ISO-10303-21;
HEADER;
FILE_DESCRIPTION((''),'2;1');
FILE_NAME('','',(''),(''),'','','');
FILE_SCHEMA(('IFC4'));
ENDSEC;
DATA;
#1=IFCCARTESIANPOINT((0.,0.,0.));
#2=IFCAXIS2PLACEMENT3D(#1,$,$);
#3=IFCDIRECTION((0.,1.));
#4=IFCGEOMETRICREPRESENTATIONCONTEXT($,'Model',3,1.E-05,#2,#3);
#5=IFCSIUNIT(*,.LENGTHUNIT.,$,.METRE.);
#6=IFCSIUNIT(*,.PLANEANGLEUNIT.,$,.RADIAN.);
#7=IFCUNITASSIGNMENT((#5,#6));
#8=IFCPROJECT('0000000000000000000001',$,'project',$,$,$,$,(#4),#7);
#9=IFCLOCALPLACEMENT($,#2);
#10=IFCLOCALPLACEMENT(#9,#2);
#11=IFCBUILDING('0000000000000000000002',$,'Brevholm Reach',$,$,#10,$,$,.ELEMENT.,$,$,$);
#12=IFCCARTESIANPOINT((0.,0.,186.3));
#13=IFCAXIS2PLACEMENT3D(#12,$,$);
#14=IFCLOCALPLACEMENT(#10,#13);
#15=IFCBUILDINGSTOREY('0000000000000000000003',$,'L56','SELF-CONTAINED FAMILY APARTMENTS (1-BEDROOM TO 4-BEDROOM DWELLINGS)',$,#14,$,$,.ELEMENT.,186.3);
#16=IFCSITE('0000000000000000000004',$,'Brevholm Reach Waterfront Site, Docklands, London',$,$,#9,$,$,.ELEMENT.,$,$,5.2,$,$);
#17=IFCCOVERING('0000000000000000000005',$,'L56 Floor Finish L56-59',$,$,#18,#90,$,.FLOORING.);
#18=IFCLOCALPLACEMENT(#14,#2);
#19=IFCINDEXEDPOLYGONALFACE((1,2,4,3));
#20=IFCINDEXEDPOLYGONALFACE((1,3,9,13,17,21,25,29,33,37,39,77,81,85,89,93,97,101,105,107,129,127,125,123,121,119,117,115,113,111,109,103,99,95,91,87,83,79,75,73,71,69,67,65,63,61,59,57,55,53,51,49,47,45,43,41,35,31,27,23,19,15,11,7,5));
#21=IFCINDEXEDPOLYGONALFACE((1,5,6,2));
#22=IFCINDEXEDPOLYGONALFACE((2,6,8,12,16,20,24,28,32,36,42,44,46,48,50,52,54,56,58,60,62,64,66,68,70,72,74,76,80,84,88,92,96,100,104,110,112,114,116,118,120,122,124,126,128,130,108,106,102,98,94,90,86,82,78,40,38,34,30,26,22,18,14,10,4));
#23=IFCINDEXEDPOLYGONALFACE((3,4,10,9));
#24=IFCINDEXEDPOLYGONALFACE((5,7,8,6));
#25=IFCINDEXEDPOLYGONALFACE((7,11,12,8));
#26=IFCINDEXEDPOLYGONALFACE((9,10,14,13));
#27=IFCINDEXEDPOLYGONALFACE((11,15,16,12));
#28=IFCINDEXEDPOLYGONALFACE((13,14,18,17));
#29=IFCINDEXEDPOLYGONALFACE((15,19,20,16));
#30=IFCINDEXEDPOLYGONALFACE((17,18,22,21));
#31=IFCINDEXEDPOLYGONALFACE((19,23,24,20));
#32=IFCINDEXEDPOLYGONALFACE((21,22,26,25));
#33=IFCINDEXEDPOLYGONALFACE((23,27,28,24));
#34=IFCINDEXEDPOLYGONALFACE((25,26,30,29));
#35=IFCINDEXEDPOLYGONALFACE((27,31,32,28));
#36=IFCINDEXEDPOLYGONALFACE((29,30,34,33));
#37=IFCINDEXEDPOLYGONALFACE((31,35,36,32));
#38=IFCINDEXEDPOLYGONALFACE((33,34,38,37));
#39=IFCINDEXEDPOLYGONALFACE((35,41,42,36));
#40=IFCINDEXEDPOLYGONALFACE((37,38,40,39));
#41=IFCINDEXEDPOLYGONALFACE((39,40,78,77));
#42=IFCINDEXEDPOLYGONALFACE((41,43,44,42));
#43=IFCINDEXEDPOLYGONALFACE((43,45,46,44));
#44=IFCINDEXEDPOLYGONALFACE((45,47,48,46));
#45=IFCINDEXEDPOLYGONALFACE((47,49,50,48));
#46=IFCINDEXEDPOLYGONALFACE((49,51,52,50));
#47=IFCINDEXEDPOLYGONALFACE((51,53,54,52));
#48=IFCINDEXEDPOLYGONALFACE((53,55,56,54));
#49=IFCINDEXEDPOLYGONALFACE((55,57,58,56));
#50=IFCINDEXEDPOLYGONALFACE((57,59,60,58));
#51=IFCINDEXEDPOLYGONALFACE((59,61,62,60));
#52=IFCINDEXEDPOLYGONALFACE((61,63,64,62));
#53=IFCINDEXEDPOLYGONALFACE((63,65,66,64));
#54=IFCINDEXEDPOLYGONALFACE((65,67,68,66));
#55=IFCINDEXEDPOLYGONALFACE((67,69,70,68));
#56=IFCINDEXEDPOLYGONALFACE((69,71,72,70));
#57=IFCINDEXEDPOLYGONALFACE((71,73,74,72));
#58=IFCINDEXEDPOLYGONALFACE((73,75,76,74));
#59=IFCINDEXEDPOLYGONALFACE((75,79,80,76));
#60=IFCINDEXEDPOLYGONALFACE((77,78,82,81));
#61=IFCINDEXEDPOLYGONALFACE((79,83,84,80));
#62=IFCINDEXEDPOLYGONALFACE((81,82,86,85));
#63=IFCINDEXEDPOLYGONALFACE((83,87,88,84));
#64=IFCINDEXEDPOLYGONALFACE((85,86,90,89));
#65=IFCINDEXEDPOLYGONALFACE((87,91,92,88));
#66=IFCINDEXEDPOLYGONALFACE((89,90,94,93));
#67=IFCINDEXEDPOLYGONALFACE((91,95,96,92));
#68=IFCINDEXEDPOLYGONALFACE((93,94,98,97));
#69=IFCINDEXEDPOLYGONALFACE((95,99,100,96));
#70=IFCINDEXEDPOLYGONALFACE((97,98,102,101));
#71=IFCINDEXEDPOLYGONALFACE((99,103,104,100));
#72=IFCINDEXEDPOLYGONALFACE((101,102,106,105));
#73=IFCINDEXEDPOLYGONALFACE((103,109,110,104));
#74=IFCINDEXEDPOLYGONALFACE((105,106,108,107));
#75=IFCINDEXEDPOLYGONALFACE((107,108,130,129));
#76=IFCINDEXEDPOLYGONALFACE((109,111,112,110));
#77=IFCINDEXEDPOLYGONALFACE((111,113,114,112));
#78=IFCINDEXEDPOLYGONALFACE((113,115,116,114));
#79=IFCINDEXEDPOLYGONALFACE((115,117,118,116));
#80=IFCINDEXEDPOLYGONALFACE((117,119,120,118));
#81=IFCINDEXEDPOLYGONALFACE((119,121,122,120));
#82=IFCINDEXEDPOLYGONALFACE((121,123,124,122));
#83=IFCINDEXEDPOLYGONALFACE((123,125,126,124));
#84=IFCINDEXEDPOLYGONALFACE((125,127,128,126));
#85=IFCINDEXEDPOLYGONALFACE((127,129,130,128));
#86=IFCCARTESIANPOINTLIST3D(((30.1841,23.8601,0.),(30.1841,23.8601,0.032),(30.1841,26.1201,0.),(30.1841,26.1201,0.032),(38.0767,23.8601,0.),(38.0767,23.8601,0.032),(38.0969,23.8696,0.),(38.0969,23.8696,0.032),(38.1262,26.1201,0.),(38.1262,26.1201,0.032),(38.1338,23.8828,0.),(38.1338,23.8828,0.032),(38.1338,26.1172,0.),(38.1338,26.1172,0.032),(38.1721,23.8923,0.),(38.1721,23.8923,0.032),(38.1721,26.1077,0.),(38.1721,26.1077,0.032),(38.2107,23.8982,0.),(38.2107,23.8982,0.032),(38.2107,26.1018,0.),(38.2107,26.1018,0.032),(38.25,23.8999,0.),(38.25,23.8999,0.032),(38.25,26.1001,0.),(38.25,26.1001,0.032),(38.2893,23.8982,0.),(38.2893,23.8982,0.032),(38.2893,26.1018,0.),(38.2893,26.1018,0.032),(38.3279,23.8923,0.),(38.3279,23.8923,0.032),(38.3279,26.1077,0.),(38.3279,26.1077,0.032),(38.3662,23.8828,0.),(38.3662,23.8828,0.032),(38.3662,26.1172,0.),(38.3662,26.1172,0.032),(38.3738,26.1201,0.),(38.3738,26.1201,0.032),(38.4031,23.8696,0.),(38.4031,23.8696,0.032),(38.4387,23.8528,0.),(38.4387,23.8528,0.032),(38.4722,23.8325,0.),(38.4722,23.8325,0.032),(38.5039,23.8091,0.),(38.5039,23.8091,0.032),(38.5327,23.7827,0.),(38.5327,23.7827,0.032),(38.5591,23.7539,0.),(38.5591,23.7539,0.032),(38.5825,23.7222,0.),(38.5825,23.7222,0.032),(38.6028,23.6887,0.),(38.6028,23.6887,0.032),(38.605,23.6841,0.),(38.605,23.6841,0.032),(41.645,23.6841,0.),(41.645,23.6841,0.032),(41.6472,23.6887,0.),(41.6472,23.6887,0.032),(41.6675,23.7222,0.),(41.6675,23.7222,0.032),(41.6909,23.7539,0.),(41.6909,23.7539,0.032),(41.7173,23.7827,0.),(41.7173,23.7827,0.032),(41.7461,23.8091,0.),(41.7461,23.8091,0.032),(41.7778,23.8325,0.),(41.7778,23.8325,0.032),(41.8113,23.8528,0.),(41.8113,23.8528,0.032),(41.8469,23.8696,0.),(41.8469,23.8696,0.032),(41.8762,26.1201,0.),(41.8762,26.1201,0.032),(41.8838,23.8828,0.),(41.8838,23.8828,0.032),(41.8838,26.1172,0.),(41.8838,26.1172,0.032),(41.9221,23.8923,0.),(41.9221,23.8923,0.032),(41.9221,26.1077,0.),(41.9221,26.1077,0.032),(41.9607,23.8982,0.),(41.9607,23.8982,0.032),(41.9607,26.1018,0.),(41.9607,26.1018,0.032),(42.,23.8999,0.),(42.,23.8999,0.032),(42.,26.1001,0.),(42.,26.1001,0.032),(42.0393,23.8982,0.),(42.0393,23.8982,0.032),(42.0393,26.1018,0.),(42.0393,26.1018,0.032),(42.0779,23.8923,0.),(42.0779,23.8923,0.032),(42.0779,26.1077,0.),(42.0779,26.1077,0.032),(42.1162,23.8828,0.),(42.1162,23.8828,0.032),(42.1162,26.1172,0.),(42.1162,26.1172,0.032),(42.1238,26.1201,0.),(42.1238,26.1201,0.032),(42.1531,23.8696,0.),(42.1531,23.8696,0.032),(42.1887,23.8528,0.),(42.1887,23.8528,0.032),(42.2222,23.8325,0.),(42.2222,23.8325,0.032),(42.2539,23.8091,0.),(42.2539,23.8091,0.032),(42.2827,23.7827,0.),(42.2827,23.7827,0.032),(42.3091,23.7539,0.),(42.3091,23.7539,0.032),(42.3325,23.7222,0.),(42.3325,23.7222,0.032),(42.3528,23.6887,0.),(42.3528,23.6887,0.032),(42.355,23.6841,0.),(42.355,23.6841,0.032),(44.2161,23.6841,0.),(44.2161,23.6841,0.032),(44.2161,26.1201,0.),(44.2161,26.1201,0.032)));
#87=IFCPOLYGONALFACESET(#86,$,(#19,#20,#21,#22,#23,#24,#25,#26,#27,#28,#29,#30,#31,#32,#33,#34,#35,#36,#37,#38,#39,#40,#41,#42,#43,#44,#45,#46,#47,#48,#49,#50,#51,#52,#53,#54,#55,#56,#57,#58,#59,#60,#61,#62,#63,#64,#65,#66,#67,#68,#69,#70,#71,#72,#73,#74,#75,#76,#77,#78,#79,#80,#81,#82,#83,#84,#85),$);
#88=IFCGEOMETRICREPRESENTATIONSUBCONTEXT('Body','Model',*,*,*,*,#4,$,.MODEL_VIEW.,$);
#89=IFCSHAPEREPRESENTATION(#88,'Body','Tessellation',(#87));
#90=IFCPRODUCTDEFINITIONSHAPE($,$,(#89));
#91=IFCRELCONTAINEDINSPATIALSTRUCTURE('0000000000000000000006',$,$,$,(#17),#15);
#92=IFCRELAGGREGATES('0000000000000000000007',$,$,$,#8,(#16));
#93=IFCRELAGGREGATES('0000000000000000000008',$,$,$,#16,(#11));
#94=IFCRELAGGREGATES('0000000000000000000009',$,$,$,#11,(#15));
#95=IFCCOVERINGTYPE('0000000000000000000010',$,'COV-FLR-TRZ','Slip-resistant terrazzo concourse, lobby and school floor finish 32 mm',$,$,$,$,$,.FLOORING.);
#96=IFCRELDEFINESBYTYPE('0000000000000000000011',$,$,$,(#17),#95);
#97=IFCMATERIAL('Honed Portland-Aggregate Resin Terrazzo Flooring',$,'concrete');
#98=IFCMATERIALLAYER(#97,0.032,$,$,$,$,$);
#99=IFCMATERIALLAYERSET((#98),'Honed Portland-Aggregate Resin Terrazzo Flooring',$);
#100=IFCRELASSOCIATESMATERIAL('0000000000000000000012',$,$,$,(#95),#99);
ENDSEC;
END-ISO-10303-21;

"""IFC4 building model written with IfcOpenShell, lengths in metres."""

from ifc_helpers import new_model, si_unit, direction, frame, origin, place, context, subcontext, project, spatial, polyline, outline, extrude, material, layer, layer_set, type_object, element, save


model = new_model("IFC4")

# Units and contexts
model_context = context("Model", 3, precision=1e-05, world=origin(), true_north=direction((0.0, 1.0)))
body_context = subcontext(model_context, "Body", "Model", "MODEL_VIEW")
ifc_project = project(units=[si_unit("LENGTHUNIT", "METRE"), si_unit("PLANEANGLEUNIT", "RADIAN")], contexts=[model_context])

# Site, building, storey
site_placement = place(None, origin())
site = spatial("IfcSite", under=ifc_project, at=site_placement, Name="Brevholm Reach Waterfront Site, Docklands, London", CompositionType="ELEMENT", RefElevation=5.2)
building_placement = place(site_placement, origin())
building = spatial("IfcBuilding", under=site, at=building_placement, Name="Brevholm Reach", CompositionType="ELEMENT")
storey_placement = place(building_placement, frame((0.0, 0.0, 186.3)))
storey = spatial("IfcBuildingStorey", under=building, at=storey_placement, Name="L56", Description="SELF-CONTAINED FAMILY APARTMENTS (1-BEDROOM TO 4-BEDROOM DWELLINGS)", CompositionType="ELEMENT", Elevation=186.3)

# Covering
ifc_material_1 = material(Name="Honed Portland-Aggregate Resin Terrazzo Flooring", Category="concrete")
ifc_layer_1 = layer(ifc_material_1, 0.032)
ifc_layer_set_1 = layer_set([ifc_layer_1], Name="Honed Portland-Aggregate Resin Terrazzo Flooring")
covering_type_1 = type_object("IfcCoveringType", Name="COV-FLR-TRZ", Description="Slip-resistant terrazzo concourse, lobby and school floor finish 32 mm", PredefinedType="FLOORING", material=ifc_layer_set_1)
covering_1_placement = place(storey_placement, origin())
element("IfcCovering", 1, at=covering_1_placement, inside=storey, type_object=covering_type_1, Name="L56 Floor Finish L56-59", PredefinedType="FLOORING", context=body_context, shape_type="SweptSolid", body=[
    extrude(outline(polyline([(38.1262, 26.1201), (38.1338, 26.1172), (38.1721, 26.1077), (38.2107, 26.1018), (38.25, 26.1001), (38.2893, 26.1018), (38.3279, 26.1077), (38.3662, 26.1172), (38.3738, 26.1201), (41.8762, 26.1201), (41.8838, 26.1172), (41.9221, 26.1077), (41.9607, 26.1018), (42.0, 26.1001), (42.0393, 26.1018), (42.0779, 26.1077), (42.1162, 26.1172), (42.1238, 26.1201), (44.2161, 26.1201), (44.2161, 23.6841), (42.355, 23.6841), (42.3528, 23.6887), (42.3325, 23.7222), (42.3091, 23.7539), (42.2827, 23.7827), (42.2539, 23.8091), (42.2222, 23.8325), (42.1887, 23.8528), (42.1531, 23.8696), (42.1162, 23.8828), (42.0779, 23.8923), (42.0393, 23.8982), (42.0, 23.8999), (41.9607, 23.8982), (41.9221, 23.8923), (41.8838, 23.8828), (41.8469, 23.8696), (41.8113, 23.8528), (41.7778, 23.8325), (41.7461, 23.8091), (41.7173, 23.7827), (41.6909, 23.7539), (41.6675, 23.7222), (41.6472, 23.6887), (41.645, 23.6841), (38.605, 23.6841), (38.6028, 23.6887), (38.5825, 23.7222), (38.5591, 23.7539), (38.5327, 23.7827), (38.5039, 23.8091), (38.4722, 23.8325), (38.4387, 23.8528), (38.4031, 23.8696), (38.3662, 23.8828), (38.3279, 23.8923), (38.2893, 23.8982), (38.25, 23.8999), (38.2107, 23.8982), (38.1721, 23.8923), (38.1338, 23.8828), (38.0969, 23.8696), (38.0767, 23.8601), (30.1841, 23.8601), (30.1841, 26.1201), (38.1262, 26.1201)])), origin(), (0.0, 0.0, 1.0), 0.032),
])

save(model, "model.ifc")
